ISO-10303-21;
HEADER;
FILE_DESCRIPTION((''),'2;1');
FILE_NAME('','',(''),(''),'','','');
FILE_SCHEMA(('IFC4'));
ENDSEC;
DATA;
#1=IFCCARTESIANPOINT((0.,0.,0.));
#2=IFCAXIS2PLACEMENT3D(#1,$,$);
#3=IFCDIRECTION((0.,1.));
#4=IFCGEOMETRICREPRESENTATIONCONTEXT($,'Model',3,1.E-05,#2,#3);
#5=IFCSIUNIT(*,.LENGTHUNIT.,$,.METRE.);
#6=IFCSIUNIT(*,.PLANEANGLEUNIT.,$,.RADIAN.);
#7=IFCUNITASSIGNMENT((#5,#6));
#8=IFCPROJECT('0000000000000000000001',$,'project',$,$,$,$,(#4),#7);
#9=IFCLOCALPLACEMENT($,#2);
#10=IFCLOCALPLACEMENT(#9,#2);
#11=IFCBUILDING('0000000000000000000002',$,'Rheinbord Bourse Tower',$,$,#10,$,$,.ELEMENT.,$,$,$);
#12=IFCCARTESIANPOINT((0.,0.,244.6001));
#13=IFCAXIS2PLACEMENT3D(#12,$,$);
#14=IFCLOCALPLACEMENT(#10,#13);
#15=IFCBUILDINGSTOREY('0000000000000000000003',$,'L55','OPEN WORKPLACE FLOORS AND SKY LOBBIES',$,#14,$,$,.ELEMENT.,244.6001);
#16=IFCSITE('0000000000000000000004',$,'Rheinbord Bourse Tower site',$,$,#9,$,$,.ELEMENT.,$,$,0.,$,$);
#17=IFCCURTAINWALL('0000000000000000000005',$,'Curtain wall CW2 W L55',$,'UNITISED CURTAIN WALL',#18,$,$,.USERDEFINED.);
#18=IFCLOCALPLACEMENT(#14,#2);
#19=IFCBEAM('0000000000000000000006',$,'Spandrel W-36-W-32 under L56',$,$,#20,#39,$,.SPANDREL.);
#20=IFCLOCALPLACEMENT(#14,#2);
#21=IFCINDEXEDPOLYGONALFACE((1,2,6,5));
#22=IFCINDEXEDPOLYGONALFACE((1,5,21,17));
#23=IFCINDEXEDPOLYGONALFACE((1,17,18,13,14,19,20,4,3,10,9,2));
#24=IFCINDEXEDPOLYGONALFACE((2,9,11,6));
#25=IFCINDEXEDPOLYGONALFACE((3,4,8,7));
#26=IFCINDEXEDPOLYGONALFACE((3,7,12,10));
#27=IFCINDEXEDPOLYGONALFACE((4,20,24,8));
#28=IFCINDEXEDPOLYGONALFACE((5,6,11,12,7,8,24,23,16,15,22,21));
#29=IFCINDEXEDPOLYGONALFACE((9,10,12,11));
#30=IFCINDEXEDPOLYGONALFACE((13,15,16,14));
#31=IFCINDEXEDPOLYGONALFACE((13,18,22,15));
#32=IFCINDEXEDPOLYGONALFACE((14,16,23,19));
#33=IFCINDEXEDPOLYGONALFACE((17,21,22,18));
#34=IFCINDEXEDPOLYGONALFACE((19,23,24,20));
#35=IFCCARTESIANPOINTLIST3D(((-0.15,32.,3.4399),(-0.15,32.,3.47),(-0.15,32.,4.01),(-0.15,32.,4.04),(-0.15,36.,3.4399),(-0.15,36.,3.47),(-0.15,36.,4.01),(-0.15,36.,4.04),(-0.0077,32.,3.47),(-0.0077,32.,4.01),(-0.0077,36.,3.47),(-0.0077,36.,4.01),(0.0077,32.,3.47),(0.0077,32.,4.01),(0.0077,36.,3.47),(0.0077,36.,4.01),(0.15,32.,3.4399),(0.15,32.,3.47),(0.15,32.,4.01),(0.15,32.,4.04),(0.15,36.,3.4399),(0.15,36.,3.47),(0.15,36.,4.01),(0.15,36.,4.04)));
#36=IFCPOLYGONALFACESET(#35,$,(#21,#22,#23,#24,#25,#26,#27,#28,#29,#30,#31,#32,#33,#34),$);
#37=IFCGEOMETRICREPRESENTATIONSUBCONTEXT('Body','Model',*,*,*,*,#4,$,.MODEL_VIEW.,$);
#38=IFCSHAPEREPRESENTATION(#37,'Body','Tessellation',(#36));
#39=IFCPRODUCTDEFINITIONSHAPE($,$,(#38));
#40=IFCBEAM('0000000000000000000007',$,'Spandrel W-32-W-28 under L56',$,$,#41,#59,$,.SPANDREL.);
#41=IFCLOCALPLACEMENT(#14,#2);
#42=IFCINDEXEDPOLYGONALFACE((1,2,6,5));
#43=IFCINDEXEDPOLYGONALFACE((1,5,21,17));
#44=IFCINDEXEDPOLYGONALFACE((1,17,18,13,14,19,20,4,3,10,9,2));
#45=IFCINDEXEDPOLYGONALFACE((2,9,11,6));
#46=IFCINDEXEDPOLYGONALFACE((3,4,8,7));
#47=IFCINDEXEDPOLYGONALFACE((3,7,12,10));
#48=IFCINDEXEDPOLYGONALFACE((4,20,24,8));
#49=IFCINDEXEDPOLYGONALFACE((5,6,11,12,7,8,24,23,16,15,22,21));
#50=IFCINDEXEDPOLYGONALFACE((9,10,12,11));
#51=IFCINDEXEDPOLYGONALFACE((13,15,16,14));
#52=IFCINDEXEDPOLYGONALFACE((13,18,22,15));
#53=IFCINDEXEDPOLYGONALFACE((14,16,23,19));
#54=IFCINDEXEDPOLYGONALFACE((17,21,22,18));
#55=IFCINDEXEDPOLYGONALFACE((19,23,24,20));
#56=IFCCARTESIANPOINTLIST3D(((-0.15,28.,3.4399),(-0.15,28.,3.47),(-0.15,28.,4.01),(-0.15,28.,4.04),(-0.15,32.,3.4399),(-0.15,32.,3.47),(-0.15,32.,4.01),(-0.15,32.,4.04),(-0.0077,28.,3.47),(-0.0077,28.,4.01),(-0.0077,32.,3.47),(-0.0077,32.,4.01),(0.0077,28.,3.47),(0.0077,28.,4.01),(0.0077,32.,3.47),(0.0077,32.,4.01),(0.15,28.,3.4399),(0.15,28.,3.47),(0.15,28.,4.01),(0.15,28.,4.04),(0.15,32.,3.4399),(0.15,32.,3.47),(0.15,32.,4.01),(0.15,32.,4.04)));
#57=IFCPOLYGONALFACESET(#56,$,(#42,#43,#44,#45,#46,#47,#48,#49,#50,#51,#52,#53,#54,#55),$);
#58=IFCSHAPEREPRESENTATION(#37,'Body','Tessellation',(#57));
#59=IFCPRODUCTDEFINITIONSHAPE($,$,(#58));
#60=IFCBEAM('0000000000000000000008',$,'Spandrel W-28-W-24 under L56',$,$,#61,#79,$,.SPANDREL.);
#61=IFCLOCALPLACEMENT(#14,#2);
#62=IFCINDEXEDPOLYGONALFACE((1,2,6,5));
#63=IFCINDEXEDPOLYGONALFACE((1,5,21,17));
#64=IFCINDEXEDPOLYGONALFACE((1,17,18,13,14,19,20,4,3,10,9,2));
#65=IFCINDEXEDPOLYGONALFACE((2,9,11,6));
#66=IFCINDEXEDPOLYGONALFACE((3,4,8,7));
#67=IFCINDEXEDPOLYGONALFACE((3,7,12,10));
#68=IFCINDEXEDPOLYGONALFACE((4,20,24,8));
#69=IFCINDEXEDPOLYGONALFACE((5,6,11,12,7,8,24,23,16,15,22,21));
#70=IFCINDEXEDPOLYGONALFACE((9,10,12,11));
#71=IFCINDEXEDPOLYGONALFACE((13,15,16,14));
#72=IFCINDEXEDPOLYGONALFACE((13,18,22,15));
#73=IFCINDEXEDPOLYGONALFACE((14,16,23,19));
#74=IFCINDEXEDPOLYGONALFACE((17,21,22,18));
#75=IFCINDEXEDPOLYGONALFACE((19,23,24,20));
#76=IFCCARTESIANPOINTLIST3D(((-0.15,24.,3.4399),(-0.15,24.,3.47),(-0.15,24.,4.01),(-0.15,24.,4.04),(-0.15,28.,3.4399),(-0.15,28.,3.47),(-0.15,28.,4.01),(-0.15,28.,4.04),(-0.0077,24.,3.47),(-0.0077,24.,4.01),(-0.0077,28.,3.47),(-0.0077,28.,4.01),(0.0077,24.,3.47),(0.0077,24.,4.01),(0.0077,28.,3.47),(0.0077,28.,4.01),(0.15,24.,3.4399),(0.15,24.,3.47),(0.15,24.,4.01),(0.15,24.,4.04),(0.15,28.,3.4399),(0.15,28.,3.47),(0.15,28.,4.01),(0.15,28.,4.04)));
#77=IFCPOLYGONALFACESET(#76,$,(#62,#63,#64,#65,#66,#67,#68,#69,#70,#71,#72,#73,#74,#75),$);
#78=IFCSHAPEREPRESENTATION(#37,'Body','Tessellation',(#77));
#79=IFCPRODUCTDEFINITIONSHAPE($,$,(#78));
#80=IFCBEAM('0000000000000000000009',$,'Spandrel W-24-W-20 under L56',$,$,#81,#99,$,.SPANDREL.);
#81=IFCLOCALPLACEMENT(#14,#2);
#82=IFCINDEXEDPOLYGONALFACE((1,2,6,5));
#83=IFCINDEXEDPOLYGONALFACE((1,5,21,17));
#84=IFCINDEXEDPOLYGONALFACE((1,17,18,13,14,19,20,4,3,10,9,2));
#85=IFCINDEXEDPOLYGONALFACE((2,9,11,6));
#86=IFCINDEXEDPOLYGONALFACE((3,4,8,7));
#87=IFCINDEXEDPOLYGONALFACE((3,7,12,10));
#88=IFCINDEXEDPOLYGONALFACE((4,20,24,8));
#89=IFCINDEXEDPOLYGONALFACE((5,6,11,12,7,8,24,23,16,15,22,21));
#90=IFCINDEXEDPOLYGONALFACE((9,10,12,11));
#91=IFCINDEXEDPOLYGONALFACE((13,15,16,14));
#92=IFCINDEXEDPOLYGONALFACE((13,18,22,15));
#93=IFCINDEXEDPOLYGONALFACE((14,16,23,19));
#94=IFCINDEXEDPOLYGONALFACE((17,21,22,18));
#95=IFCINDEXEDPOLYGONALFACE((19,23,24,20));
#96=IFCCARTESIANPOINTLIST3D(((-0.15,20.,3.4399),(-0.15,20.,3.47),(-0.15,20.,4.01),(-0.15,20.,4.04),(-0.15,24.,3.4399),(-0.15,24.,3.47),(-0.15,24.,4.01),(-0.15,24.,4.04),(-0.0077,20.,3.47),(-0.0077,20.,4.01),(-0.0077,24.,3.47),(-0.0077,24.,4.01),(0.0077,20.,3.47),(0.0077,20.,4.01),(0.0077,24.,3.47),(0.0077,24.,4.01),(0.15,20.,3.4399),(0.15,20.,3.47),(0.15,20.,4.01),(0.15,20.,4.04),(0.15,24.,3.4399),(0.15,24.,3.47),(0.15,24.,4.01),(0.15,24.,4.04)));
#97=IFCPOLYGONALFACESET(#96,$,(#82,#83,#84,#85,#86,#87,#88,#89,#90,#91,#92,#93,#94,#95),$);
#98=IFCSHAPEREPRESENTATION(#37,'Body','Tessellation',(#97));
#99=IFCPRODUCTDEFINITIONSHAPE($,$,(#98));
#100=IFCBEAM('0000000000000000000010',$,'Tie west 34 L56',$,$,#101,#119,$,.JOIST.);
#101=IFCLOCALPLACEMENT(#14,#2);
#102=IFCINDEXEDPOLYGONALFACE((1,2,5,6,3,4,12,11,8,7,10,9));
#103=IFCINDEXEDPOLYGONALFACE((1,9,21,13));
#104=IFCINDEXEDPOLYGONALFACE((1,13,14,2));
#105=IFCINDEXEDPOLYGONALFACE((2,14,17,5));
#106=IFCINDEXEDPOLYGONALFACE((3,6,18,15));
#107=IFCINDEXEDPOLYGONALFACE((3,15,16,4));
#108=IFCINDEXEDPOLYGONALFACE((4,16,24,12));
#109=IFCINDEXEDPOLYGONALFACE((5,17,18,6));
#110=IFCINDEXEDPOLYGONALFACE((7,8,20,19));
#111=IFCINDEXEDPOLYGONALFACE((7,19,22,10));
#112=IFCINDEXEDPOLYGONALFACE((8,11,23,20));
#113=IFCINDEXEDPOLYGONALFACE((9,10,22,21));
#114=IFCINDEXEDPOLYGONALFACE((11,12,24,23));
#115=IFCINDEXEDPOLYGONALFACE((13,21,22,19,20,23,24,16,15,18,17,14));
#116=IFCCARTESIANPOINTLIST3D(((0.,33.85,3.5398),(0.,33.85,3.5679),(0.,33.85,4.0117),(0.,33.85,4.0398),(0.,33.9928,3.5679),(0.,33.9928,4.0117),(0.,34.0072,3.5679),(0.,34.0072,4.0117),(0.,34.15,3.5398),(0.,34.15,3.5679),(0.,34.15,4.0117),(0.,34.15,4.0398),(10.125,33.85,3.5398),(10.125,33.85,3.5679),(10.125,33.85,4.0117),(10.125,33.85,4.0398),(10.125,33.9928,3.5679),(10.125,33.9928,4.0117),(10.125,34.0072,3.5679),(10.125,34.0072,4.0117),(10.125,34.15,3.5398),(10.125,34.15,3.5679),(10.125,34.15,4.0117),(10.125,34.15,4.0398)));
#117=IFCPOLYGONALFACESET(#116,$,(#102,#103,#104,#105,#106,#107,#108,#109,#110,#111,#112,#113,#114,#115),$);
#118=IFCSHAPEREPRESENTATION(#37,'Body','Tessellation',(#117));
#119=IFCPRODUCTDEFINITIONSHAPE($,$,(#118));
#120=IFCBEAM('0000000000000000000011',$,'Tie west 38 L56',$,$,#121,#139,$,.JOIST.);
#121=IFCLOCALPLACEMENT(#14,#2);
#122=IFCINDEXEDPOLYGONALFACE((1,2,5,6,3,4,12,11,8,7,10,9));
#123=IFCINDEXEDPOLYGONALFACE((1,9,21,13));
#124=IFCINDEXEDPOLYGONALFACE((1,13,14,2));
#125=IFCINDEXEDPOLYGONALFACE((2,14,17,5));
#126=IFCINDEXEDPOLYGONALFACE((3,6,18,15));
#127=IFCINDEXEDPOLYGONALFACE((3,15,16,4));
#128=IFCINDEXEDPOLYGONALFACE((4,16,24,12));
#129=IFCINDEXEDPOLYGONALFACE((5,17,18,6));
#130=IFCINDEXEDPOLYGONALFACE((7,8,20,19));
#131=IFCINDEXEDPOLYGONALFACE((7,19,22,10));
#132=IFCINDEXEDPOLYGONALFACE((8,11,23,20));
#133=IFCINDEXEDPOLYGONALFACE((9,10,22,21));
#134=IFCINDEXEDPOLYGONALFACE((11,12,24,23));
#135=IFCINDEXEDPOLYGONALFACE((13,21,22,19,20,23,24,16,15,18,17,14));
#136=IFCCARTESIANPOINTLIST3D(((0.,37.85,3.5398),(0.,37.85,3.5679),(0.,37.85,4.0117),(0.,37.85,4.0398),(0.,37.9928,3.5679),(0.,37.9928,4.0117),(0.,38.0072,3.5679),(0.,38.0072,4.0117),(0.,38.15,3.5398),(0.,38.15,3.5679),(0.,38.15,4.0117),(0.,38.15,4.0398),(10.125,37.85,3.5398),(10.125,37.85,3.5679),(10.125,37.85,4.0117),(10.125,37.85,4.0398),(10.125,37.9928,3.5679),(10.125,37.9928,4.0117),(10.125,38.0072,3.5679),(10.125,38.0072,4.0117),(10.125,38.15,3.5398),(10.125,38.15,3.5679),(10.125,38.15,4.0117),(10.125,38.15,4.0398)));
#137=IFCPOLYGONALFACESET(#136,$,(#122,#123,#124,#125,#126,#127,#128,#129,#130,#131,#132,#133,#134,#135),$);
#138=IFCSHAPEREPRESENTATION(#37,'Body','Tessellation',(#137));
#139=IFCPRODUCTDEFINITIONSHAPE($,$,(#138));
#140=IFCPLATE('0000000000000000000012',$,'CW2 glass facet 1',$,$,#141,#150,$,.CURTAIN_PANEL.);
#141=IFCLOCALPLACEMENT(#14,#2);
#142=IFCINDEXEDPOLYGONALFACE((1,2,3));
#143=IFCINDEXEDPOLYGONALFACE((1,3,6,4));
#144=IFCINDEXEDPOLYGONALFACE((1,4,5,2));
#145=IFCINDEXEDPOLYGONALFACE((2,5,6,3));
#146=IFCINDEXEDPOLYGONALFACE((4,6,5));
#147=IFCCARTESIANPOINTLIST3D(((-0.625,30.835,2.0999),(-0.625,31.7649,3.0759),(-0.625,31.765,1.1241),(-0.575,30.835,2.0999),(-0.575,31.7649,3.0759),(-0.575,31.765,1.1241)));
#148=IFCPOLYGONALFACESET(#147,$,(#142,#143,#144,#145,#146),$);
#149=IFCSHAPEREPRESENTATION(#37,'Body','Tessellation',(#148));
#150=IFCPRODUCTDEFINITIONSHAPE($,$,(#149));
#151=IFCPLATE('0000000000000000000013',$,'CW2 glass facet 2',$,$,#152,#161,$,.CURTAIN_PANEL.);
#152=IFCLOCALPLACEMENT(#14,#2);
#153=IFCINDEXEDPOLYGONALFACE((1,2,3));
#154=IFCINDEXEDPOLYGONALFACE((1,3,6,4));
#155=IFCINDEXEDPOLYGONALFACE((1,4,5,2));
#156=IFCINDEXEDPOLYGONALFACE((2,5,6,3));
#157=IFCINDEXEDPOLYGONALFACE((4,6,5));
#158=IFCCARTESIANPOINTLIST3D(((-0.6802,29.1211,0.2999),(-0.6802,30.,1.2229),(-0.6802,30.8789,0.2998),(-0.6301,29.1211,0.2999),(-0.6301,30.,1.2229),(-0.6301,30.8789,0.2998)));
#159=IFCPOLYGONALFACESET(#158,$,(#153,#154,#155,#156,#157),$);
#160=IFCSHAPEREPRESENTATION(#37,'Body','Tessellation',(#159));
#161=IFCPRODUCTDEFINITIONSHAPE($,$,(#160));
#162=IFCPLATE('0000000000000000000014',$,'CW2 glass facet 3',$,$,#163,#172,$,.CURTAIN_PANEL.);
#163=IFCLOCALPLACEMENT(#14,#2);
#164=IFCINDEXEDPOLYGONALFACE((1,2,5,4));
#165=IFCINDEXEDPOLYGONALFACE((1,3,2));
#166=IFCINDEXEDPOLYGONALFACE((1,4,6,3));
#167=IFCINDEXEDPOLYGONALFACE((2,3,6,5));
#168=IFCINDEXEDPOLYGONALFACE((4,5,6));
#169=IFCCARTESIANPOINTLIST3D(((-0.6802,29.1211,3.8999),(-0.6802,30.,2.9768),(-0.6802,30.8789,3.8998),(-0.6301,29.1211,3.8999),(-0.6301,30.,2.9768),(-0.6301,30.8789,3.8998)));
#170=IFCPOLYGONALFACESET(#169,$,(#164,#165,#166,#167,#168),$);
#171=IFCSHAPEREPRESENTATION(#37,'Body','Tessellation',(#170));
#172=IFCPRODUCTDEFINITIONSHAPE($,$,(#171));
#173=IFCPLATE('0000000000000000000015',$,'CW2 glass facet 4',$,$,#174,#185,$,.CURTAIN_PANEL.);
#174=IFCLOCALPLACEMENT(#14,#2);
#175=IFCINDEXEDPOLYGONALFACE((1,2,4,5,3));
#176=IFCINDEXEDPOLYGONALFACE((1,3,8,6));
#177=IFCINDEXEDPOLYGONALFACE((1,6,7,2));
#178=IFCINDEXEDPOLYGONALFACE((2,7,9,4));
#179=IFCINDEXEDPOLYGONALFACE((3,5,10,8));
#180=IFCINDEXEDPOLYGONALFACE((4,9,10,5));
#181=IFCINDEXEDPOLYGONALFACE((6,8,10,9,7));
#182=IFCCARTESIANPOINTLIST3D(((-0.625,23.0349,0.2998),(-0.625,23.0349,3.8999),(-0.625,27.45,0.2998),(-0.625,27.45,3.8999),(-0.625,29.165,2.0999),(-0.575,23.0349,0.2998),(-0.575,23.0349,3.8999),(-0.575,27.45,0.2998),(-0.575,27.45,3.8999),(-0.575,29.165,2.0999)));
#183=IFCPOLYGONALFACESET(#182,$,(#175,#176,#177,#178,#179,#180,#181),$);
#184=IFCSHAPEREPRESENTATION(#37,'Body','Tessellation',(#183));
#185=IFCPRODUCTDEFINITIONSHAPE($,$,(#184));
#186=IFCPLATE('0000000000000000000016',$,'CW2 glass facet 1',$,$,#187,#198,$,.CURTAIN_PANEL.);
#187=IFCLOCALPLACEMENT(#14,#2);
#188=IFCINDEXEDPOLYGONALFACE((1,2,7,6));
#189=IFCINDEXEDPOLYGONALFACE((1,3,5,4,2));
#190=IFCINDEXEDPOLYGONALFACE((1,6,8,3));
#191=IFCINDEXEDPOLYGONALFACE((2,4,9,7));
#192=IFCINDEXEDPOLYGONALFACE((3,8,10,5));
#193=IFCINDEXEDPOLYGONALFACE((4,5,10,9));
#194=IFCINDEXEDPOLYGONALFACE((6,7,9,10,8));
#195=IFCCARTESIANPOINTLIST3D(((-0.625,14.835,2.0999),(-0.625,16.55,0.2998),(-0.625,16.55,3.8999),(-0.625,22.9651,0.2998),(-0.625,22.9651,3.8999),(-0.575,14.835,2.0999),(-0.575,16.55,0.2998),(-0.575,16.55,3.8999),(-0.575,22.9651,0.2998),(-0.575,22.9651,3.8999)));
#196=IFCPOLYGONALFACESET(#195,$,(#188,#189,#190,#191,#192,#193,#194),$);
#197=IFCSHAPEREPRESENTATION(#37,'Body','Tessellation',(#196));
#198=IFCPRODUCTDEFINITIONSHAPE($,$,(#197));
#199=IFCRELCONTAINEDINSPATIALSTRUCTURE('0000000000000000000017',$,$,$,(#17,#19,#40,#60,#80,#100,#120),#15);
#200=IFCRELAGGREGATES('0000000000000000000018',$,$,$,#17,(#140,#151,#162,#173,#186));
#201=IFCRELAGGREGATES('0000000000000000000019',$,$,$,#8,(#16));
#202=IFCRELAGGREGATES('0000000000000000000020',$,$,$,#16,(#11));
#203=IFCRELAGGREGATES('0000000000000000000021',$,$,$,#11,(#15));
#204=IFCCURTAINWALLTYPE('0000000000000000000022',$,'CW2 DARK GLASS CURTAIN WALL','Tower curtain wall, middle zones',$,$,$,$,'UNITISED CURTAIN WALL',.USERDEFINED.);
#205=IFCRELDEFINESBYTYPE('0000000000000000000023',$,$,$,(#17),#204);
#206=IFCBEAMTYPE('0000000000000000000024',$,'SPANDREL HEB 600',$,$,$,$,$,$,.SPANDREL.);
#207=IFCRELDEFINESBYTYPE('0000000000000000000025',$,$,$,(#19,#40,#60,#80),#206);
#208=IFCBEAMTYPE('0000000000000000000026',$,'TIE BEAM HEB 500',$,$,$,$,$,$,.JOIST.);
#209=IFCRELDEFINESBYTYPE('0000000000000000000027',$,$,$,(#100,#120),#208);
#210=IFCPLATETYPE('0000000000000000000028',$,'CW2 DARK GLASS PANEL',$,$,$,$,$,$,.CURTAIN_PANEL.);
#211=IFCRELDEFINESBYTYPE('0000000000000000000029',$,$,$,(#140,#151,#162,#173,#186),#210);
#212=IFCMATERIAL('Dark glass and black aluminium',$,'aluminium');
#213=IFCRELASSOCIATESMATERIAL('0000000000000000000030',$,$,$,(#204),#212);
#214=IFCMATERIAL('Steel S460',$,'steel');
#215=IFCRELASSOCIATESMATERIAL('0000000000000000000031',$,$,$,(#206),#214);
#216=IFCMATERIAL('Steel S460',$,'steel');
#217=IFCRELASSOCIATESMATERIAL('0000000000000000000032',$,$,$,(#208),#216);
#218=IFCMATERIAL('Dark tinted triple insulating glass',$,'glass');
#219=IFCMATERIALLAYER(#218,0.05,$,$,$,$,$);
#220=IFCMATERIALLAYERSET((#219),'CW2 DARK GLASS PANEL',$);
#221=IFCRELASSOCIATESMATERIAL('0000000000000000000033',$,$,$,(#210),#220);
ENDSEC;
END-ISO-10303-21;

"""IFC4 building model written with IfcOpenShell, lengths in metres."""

from ifc_helpers import new_model, si_unit, direction, frame, origin, origin_2d, place, context, subcontext, project, spatial, polyline, i_section, outline, extrude, material, layer, layer_set, material_profile, profile_set, type_object, element, aggregate, save


model = new_model("IFC4")

# Units and contexts
model_context = context("Model", 3, precision=1e-05, world=origin(), true_north=direction((0.0, 1.0)))
body_context = subcontext(model_context, "Body", "Model", "MODEL_VIEW")
ifc_project = project(units=[si_unit("LENGTHUNIT", "METRE"), si_unit("PLANEANGLEUNIT", "RADIAN")], contexts=[model_context])

# Site, building, storey
site_placement = place(None, origin())
site = spatial("IfcSite", under=ifc_project, at=site_placement, Name="Rheinbord Bourse Tower site", CompositionType="ELEMENT", RefElevation=0.0)
building_placement = place(site_placement, origin())
building = spatial("IfcBuilding", under=site, at=building_placement, Name="Rheinbord Bourse Tower", CompositionType="ELEMENT")
storey_placement = place(building_placement, frame((0.0, 0.0, 244.6001)))
storey = spatial("IfcBuildingStorey", under=building, at=storey_placement, Name="L55", Description="OPEN WORKPLACE FLOORS AND SKY LOBBIES", CompositionType="ELEMENT", Elevation=244.6001)

# Curtain wall
ifc_material_1 = material(Name="Dark glass and black aluminium", Category="aluminium")
curtain_wall_type = type_object("IfcCurtainWallType", Name="CW2 DARK GLASS CURTAIN WALL", Description="Tower curtain wall, middle zones", ElementType="UNITISED CURTAIN WALL", PredefinedType="USERDEFINED", material=ifc_material_1)
curtain_wall_placement = place(storey_placement, origin())
curtain_wall = element("IfcCurtainWall", 1, at=curtain_wall_placement, inside=storey, type_object=curtain_wall_type, Name="Curtain wall CW2 W L55", ObjectType="UNITISED CURTAIN WALL", PredefinedType="USERDEFINED")

# Beams
ifc_material_2 = material(Name="Steel S460", Category="steel")
ifc_material_profile_1 = material_profile(ifc_material_2, i_section(OverallWidth=0.3, OverallDepth=0.6001, WebThickness=0.0154, FlangeThickness=0.03, at=origin_2d()), Name="HEB 600")
ifc_profile_set_1 = profile_set([ifc_material_profile_1], Name="Steel S460")
beam_type_1 = type_object("IfcBeamType", Name="SPANDREL HEB 600", PredefinedType="SPANDREL", material=ifc_profile_set_1)
for number, where, z_axis, x_axis, name in (
    (2, (0.0, 36.0, 3.74), (0.0, -1.0, 0.0), (1.0, 0.0, 0.0), "Spandrel W-36-W-32 under L56"),
    (3, (0.0, 32.0, 3.74), (0.0, -1.0, 0.0), (1.0, 0.0, 0.0), "Spandrel W-32-W-28 under L56"),
    (4, (0.0, 28.0, 3.74), (0.0, -1.0, 0.0), (1.0, 0.0, 0.0), "Spandrel W-28-W-24 under L56"),
    (5, (0.0, 24.0, 3.74), (0.0, -1.0, 0.0), (1.0, 0.0, 0.0), "Spandrel W-24-W-20 under L56"),
):
    element("IfcBeam", number, at=place(storey_placement, frame(where, z_axis=z_axis, x_axis=x_axis)), inside=storey, type_object=beam_type_1, Name=name, PredefinedType="SPANDREL", context=body_context, shape_type="SweptSolid", body=[
        extrude(i_section(OverallWidth=0.3, OverallDepth=0.6001, WebThickness=0.0154, FlangeThickness=0.03, at=origin_2d()), origin(), (0.0, 0.0, 1.0), 4.0),
    ])
ifc_material_3 = material(Name="Steel S460", Category="steel")
ifc_material_profile_2 = material_profile(ifc_material_3, i_section(OverallWidth=0.3, OverallDepth=0.5, WebThickness=0.0144, FlangeThickness=0.0281, at=origin_2d()), Name="HEB 500")
ifc_profile_set_2 = profile_set([ifc_material_profile_2], Name="Steel S460")
beam_type_2 = type_object("IfcBeamType", Name="TIE BEAM HEB 500", PredefinedType="JOIST", material=ifc_profile_set_2)
for number, where, z_axis, x_axis, name in (
    (6, (0.0, 34.0, 3.7898), (1.0, 0.0, 0.0), (0.0, 1.0, 0.0), "Tie west 34 L56"),
    (7, (0.0, 38.0, 3.7898), (1.0, 0.0, 0.0), (0.0, 1.0, 0.0), "Tie west 38 L56"),
):
    element("IfcBeam", number, at=place(storey_placement, frame(where, z_axis=z_axis, x_axis=x_axis)), inside=storey, type_object=beam_type_2, Name=name, PredefinedType="JOIST", context=body_context, shape_type="SweptSolid", body=[
        extrude(i_section(OverallWidth=0.3, OverallDepth=0.5, WebThickness=0.0144, FlangeThickness=0.0281, at=origin_2d()), origin(), (0.0, 0.0, 1.0), 10.125),
    ])

# Plates
ifc_material_4 = material(Name="Dark tinted triple insulating glass", Category="glass")
ifc_layer_1 = layer(ifc_material_4, 0.05)
ifc_layer_set_1 = layer_set([ifc_layer_1], Name="CW2 DARK GLASS PANEL")
plate_type = type_object("IfcPlateType", Name="CW2 DARK GLASS PANEL", PredefinedType="CURTAIN_PANEL", material=ifc_layer_set_1)
plate_1_placement = place(storey_placement, frame((-0.625, 31.7649, 3.0759), z_axis=(1.0, 0.0, 0.0), x_axis=(0.0, -0.689786, -0.724013)))
plate_1 = element("IfcPlate", 8, at=plate_1_placement, type_object=plate_type, Name="CW2 glass facet 1", PredefinedType="CURTAIN_PANEL", context=body_context, shape_type="SweptSolid", body=[
    extrude(outline(polyline([(0.0, 0.0), (1.3481, 0.0), (1.4131, 1.3464), (0.0, 0.0)])), origin(), (0.0, 0.0, 1.0), 0.05),
])
plate_2_placement = place(storey_placement, frame((-0.6802, 30.8789, 0.2998), z_axis=(1.0, 0.0, 0.0), x_axis=(0.0, -0.68956, 0.724229)))
plate_2 = element("IfcPlate", 9, at=plate_2_placement, type_object=plate_type, Name="CW2 glass facet 2", PredefinedType="CURTAIN_PANEL", context=body_context, shape_type="SweptSolid", body=[
    extrude(outline(polyline([(0.0, 0.0), (1.2747, 0.0), (1.2122, 1.2729), (0.0, 0.0)])), origin(), (0.0, 0.0, 1.0), 0.05),
])
plate_3_placement = place(storey_placement, frame((-0.6802, 29.1211, 3.8999), z_axis=(1.0, 0.0, 0.0), x_axis=(0.0, 0.68956, -0.724229)))
plate_3 = element("IfcPlate", 10, at=plate_3_placement, type_object=plate_type, Name="CW2 glass facet 3", PredefinedType="CURTAIN_PANEL", context=body_context, shape_type="SweptSolid", body=[
    extrude(outline(polyline([(0.0, 0.0), (1.2747, 0.0), (1.2122, 1.2729), (0.0, 0.0)])), origin(), (0.0, 0.0, 1.0), 0.05),
])
plate_4_placement = place(storey_placement, frame((-0.625, 23.0349, 3.8999), z_axis=(1.0, 0.0, 0.0), x_axis=(0.0, 0.0, -1.0)))
plate_4 = element("IfcPlate", 11, at=plate_4_placement, type_object=plate_type, Name="CW2 glass facet 4", PredefinedType="CURTAIN_PANEL", context=body_context, shape_type="SweptSolid", body=[
    extrude(outline(polyline([(0.0, 0.0), (3.6001, 0.0), (3.6001, 4.415), (1.8, 6.1301), (0.0, 4.415), (0.0, 0.0)])), origin(), (0.0, 0.0, 1.0), 0.05),
])
plate_5_placement = place(storey_placement, frame((-0.625, 22.9651, 0.2998), z_axis=(1.0, 0.0, 0.0), x_axis=(0.0, 0.0, 1.0)))
plate_5 = element("IfcPlate", 12, at=plate_5_placement, type_object=plate_type, Name="CW2 glass facet 1", PredefinedType="CURTAIN_PANEL", context=body_context, shape_type="SweptSolid", body=[
    extrude(outline(polyline([(0.0, 0.0), (3.6001, 0.0), (3.6001, 6.415), (1.8, 8.1301), (0.0, 6.415), (0.0, 0.0)])), origin(), (0.0, 0.0, 1.0), 0.05),
])
aggregate(curtain_wall, [plate_1, plate_2, plate_3, plate_4, plate_5])

save(model, "model.ifc")
